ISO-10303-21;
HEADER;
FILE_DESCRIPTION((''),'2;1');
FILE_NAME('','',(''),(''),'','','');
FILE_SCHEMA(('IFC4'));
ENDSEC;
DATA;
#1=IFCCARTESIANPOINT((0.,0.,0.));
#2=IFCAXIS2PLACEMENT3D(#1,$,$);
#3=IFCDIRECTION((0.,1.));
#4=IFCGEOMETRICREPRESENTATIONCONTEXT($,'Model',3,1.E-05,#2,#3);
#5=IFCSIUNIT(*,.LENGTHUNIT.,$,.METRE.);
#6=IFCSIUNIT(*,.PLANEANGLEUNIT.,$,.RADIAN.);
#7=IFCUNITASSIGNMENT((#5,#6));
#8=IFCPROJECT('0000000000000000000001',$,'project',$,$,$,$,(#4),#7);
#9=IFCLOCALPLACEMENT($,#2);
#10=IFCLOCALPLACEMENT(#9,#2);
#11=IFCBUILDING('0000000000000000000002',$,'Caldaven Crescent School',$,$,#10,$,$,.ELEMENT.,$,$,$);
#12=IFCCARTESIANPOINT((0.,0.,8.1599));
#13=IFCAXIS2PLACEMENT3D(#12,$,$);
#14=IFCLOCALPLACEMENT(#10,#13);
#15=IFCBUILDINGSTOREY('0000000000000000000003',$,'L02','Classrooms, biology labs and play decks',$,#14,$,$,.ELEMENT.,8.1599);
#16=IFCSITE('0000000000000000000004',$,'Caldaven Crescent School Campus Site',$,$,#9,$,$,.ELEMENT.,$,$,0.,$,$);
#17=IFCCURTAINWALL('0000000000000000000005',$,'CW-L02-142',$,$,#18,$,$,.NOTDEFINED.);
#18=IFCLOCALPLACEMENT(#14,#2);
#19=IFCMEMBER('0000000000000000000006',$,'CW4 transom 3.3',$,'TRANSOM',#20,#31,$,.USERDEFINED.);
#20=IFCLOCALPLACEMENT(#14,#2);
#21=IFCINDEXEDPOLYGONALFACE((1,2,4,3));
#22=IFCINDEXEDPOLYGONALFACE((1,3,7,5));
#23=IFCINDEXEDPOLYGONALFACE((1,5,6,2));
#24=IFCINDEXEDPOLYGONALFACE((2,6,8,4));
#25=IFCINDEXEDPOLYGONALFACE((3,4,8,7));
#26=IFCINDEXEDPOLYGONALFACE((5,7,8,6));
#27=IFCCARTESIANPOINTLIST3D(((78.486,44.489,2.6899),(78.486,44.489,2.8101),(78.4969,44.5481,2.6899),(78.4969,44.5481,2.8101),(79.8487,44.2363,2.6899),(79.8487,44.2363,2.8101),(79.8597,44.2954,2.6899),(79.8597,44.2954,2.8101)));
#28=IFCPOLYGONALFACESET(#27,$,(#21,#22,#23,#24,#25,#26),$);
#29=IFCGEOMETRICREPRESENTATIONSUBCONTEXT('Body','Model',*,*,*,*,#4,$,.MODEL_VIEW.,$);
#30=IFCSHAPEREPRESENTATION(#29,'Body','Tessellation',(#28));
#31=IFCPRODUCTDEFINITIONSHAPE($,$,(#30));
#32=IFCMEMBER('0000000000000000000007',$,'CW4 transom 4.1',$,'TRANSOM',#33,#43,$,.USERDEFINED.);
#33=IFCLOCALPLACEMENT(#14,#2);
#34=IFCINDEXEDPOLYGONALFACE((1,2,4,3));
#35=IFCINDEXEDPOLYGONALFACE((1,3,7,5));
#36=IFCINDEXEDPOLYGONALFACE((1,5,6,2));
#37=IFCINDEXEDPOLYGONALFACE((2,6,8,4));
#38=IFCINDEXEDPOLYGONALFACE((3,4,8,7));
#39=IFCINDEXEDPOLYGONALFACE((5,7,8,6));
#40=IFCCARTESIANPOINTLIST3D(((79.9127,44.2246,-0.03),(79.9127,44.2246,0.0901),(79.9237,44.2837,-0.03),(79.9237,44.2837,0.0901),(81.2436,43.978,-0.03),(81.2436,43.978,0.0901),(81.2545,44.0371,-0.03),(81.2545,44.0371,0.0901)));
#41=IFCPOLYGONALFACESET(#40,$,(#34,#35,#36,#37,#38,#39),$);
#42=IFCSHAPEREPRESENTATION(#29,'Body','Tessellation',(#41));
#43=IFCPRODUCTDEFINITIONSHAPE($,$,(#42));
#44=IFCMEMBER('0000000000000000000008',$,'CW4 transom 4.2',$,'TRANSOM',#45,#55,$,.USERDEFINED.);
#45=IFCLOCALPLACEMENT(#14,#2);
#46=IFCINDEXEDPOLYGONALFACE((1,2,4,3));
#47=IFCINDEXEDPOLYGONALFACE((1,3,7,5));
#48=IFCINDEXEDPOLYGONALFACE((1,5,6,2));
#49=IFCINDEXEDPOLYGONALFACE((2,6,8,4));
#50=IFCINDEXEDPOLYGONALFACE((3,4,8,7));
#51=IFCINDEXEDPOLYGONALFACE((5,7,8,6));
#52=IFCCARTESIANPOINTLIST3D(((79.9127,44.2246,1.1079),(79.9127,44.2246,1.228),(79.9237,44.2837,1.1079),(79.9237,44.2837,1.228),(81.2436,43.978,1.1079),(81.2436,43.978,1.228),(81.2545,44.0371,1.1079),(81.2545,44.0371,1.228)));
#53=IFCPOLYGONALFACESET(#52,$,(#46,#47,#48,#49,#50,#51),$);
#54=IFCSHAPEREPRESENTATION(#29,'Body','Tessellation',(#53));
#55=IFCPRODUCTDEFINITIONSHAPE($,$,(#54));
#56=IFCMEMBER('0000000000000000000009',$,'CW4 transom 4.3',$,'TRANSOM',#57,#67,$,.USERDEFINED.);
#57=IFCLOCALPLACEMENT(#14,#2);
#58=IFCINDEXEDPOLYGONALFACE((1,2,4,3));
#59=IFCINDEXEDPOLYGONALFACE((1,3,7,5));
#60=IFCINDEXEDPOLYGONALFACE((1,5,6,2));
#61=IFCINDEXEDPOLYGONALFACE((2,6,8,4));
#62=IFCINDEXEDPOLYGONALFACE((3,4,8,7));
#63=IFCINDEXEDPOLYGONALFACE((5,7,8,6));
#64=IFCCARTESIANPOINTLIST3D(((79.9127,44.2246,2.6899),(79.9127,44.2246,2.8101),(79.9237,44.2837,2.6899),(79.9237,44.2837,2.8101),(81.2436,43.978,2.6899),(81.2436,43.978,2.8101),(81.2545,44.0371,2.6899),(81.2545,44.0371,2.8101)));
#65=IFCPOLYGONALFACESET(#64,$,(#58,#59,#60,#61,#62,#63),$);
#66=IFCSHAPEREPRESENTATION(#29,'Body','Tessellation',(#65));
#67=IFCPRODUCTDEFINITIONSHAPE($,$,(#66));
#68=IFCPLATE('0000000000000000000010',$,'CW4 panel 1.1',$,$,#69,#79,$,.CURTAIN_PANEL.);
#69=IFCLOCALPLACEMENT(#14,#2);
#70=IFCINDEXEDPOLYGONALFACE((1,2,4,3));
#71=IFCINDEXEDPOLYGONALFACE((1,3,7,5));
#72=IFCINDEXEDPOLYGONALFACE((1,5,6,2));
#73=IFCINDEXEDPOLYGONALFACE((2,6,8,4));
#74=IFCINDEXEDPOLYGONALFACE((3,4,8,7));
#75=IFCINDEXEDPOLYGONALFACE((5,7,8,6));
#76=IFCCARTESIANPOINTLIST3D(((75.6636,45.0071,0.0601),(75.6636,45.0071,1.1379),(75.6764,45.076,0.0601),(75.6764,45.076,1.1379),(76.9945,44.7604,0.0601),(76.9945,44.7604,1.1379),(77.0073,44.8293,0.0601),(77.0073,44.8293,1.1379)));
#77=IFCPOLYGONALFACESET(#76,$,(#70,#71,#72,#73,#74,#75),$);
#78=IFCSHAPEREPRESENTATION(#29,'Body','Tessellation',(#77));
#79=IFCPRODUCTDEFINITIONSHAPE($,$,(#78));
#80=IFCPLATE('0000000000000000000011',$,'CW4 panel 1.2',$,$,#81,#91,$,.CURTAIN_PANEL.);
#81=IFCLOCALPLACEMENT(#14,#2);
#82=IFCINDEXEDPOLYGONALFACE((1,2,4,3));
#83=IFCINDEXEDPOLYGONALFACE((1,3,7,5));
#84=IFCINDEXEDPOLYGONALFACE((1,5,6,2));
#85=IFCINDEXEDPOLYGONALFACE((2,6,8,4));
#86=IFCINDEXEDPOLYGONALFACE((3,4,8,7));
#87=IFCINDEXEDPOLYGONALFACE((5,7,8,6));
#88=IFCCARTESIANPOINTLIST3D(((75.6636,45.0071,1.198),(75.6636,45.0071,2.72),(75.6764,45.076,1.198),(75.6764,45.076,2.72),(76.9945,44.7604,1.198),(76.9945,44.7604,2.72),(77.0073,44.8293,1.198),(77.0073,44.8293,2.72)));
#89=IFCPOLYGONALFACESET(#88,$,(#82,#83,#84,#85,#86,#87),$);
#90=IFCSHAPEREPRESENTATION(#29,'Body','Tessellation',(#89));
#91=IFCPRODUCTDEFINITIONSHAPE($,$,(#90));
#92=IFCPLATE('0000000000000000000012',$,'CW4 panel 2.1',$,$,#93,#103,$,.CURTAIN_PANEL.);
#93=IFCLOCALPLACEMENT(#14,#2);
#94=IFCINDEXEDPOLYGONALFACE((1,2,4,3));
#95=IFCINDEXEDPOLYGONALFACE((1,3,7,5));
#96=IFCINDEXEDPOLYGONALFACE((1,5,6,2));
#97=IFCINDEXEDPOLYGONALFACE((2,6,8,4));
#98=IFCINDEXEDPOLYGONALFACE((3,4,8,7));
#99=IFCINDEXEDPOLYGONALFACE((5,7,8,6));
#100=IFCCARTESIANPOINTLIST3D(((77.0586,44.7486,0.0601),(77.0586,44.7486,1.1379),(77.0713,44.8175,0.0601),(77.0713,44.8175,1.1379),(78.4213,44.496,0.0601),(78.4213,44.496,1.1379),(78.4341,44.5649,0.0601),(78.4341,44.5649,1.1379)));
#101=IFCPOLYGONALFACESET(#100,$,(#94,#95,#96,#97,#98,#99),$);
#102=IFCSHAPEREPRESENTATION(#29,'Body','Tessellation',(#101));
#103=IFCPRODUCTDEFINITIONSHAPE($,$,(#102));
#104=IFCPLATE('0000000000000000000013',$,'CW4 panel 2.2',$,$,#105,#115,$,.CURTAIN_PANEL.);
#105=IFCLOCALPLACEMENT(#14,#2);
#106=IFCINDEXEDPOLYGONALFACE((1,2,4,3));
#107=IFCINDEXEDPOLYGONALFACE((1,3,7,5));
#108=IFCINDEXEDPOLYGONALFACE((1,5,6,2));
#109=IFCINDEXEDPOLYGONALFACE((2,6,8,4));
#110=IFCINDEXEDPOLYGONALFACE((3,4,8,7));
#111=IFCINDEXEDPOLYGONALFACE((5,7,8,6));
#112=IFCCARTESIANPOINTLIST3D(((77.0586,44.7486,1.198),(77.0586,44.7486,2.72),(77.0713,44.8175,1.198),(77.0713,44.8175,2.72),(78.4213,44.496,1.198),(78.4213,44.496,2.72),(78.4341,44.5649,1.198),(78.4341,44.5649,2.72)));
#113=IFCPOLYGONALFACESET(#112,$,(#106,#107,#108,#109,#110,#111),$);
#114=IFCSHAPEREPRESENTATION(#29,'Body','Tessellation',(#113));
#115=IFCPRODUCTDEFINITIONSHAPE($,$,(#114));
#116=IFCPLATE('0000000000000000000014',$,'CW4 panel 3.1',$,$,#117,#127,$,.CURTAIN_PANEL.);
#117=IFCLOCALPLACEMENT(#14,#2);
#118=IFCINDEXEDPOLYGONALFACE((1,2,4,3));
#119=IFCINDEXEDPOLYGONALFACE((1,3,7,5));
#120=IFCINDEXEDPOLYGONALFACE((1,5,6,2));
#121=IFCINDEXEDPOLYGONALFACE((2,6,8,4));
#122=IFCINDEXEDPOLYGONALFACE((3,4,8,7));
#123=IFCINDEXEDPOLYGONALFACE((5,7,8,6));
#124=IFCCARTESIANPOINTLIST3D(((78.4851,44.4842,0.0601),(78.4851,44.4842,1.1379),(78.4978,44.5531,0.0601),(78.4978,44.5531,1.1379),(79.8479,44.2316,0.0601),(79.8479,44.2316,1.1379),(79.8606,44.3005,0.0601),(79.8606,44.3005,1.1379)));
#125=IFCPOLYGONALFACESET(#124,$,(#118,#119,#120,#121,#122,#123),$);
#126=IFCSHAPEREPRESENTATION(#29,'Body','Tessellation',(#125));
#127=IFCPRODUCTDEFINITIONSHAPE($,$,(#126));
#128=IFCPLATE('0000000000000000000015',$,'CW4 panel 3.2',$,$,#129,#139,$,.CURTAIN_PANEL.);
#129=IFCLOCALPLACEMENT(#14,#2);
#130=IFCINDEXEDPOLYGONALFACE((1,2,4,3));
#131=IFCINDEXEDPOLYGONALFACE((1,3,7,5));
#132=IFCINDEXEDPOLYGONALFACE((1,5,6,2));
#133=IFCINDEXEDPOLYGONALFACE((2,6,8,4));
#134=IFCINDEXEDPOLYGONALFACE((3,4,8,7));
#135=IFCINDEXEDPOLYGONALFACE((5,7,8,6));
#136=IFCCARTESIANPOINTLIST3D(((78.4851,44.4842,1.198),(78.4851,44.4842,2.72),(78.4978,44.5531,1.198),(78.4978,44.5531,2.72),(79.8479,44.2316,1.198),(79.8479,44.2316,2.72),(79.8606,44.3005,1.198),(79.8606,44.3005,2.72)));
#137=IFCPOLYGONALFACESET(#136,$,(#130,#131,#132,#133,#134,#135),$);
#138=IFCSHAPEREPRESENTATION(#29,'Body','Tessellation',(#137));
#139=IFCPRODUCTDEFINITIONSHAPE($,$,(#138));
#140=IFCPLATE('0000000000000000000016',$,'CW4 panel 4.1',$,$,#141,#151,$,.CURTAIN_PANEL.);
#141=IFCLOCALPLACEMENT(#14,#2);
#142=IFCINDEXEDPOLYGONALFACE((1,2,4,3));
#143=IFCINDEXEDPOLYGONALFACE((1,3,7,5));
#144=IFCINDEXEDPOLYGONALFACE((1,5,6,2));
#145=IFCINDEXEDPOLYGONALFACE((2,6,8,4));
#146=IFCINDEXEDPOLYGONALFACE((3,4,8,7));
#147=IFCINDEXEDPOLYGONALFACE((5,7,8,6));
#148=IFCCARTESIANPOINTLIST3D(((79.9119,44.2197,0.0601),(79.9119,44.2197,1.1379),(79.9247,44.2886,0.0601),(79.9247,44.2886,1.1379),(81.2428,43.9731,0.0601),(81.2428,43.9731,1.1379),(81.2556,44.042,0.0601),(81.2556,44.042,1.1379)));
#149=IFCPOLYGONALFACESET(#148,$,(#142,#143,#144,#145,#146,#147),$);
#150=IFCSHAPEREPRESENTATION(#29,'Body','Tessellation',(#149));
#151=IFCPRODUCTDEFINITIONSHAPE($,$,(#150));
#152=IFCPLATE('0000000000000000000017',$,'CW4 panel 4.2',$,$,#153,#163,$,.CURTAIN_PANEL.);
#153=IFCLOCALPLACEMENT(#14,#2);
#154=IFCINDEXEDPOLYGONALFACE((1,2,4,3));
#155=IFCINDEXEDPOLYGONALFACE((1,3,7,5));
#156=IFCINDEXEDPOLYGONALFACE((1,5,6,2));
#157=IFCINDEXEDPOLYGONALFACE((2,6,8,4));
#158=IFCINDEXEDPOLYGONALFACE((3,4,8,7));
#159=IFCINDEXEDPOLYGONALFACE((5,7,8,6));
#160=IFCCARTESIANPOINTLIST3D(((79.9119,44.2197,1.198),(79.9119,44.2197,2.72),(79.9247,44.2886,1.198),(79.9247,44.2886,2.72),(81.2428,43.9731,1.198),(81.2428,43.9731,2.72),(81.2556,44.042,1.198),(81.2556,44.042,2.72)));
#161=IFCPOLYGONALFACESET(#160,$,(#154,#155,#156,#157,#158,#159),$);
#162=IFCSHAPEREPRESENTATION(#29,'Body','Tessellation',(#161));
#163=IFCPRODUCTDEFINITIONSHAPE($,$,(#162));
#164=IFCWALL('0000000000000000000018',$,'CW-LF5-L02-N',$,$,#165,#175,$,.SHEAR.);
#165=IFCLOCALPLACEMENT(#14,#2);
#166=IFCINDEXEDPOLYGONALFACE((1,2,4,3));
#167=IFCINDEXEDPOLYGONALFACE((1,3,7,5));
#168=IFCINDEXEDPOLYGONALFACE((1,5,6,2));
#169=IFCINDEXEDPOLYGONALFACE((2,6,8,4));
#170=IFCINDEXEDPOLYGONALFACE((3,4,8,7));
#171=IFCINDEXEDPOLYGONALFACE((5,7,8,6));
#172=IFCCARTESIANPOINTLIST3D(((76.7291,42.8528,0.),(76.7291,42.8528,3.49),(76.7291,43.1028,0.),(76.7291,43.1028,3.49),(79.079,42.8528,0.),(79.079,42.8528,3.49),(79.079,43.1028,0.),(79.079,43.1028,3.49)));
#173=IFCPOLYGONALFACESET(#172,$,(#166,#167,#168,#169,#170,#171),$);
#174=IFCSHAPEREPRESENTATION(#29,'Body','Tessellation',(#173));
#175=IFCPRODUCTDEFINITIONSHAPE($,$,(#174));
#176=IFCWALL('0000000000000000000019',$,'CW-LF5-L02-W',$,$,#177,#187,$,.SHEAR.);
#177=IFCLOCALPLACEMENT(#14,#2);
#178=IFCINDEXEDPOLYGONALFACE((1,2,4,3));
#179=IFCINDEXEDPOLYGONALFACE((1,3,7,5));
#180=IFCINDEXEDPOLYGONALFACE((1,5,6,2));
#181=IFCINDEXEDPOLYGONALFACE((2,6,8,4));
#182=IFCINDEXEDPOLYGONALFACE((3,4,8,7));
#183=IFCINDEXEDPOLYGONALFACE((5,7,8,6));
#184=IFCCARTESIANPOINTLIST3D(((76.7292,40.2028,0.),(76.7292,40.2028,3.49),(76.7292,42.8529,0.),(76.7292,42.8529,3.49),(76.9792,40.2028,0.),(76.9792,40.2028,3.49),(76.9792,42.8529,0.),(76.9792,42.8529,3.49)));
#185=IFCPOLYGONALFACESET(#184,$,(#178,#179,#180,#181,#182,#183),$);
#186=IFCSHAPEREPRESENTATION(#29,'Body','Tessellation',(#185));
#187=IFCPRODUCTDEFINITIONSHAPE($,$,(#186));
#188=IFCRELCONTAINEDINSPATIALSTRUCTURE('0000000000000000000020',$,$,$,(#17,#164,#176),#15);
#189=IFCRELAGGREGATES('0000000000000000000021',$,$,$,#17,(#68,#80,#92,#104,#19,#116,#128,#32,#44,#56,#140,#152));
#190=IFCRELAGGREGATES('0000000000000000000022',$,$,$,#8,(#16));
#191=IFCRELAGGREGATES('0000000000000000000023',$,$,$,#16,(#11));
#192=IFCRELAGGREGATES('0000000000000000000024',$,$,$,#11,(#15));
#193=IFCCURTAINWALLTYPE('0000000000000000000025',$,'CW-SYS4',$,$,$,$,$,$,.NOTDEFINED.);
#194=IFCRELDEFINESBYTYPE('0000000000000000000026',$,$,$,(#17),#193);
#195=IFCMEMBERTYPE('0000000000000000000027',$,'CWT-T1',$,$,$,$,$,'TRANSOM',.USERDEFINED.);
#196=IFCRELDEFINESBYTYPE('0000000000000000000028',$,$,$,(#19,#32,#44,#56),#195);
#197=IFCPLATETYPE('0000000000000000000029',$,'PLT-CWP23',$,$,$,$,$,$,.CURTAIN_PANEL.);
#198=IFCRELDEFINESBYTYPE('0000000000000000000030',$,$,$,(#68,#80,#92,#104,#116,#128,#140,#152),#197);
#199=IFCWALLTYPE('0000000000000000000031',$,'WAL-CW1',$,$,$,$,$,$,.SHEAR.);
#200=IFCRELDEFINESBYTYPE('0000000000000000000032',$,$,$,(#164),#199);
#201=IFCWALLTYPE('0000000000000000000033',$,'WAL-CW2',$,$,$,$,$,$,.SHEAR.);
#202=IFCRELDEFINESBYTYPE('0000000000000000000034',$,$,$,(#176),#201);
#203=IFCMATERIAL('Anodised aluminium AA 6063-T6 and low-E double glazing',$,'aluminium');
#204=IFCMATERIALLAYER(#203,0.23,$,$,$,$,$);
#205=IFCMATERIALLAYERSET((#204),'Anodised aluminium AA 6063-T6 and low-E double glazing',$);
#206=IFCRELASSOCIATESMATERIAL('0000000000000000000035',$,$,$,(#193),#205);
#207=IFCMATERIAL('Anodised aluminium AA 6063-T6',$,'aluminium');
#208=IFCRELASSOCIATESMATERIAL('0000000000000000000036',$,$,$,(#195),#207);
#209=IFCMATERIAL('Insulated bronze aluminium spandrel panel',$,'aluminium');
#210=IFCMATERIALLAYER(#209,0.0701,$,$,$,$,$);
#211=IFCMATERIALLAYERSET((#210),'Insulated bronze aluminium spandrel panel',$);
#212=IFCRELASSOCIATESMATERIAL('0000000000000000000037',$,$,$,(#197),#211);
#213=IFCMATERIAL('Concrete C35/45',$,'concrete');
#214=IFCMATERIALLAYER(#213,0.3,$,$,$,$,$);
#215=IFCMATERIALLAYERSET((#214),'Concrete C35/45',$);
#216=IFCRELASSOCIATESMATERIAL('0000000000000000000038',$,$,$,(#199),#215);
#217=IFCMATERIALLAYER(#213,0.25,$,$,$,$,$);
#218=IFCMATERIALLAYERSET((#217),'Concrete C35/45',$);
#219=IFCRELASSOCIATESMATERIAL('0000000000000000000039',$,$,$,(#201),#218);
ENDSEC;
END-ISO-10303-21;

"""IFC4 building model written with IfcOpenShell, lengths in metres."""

from ifc_helpers import new_model, si_unit, direction, frame, frame_2d, origin, origin_2d, place, context, subcontext, project, spatial, rectangle, extrude, material, layer, layer_set, material_profile, profile_set, type_object, element, aggregate, save


model = new_model("IFC4")

# Units and contexts
model_context = context("Model", 3, precision=1e-05, world=origin(), true_north=direction((0.0, 1.0)))
body_context = subcontext(model_context, "Body", "Model", "MODEL_VIEW")
ifc_project = project(units=[si_unit("LENGTHUNIT", "METRE"), si_unit("PLANEANGLEUNIT", "RADIAN")], contexts=[model_context])

# Site, building, storey
site_placement = place(None, origin())
site = spatial("IfcSite", under=ifc_project, at=site_placement, Name="Caldaven Crescent School Campus Site", CompositionType="ELEMENT", RefElevation=0.0)
building_placement = place(site_placement, origin())
building = spatial("IfcBuilding", under=site, at=building_placement, Name="Caldaven Crescent School", CompositionType="ELEMENT")
storey_placement = place(building_placement, frame((0.0, 0.0, 8.1599)))
storey = spatial("IfcBuildingStorey", under=building, at=storey_placement, Name="L02", Description="Classrooms, biology labs and play decks", CompositionType="ELEMENT", Elevation=8.1599)

# Curtain wall, members, plates
ifc_material_1 = material(Name="Anodised aluminium AA 6063-T6 and low-E double glazing", Category="aluminium")
ifc_layer_1 = layer(ifc_material_1, 0.23)
ifc_layer_set_1 = layer_set([ifc_layer_1], Name="Anodised aluminium AA 6063-T6 and low-E double glazing")
curtain_wall_type = type_object("IfcCurtainWallType", Name="CW-SYS4", PredefinedType="NOTDEFINED", material=ifc_layer_set_1)
curtain_wall_placement = place(storey_placement, origin())
curtain_wall = element("IfcCurtainWall", 1, at=curtain_wall_placement, inside=storey, type_object=curtain_wall_type, Name="CW-L02-142", PredefinedType="NOTDEFINED")
ifc_material_2 = material(Name="Anodised aluminium AA 6063-T6", Category="aluminium")
ifc_material_profile_1 = material_profile(ifc_material_2, rectangle(XDim=0.0601, YDim=0.1201, at=origin_2d()), Name="CWT 60x120")
ifc_profile_set_1 = profile_set([ifc_material_profile_1], Name="Anodised aluminium AA 6063-T6")
member_type_1 = type_object("IfcMemberType", Name="CWT-T1", ElementType="TRANSOM", PredefinedType="USERDEFINED", material=ifc_profile_set_1)
member_1_placement = place(storey_placement, frame((78.4915, 44.5186, 2.75), z_axis=(0.983241, -0.18231, 0.0), x_axis=(0.18231, 0.983241, 0.0)))
member_1 = element("IfcMember", 2, at=member_1_placement, type_object=member_type_1, Name="CW4 transom 3.3", ObjectType="TRANSOM", PredefinedType="USERDEFINED", context=body_context, shape_type="SweptSolid", body=[
    extrude(rectangle(XDim=0.0601, YDim=0.1201, at=origin_2d()), origin(), (0.0, 0.0, 1.0), 1.386),
])
member_2_placement = place(storey_placement, frame((79.9182, 44.2542, 0.03), z_axis=(0.983264, -0.182186, 0.0), x_axis=(0.182186, 0.983264, 0.0)))
member_2 = element("IfcMember", 3, at=member_2_placement, type_object=member_type_1, Name="CW4 transom 4.1", ObjectType="TRANSOM", PredefinedType="USERDEFINED", context=body_context, shape_type="SweptSolid", body=[
    extrude(rectangle(XDim=0.0601, YDim=0.1201, at=origin_2d()), origin(), (0.0, 0.0, 1.0), 1.3535),
])
member_3_placement = place(storey_placement, frame((79.9182, 44.2542, 1.168), z_axis=(0.983264, -0.182186, 0.0), x_axis=(0.182186, 0.983264, 0.0)))
member_3 = element("IfcMember", 4, at=member_3_placement, type_object=member_type_1, Name="CW4 transom 4.2", ObjectType="TRANSOM", PredefinedType="USERDEFINED", context=body_context, shape_type="SweptSolid", body=[
    extrude(rectangle(XDim=0.0601, YDim=0.1201, at=origin_2d()), origin(), (0.0, 0.0, 1.0), 1.3535),
])
member_4_placement = place(storey_placement, frame((79.9182, 44.2542, 2.75), z_axis=(0.983264, -0.182186, 0.0), x_axis=(0.182186, 0.983264, 0.0)))
member_4 = element("IfcMember", 5, at=member_4_placement, type_object=member_type_1, Name="CW4 transom 4.3", ObjectType="TRANSOM", PredefinedType="USERDEFINED", context=body_context, shape_type="SweptSolid", body=[
    extrude(rectangle(XDim=0.0601, YDim=0.1201, at=origin_2d()), origin(), (0.0, 0.0, 1.0), 1.3535),
])
ifc_material_3 = material(Name="Insulated bronze aluminium spandrel panel", Category="aluminium")
ifc_layer_2 = layer(ifc_material_3, 0.0701)
ifc_layer_set_2 = layer_set([ifc_layer_2], Name="Insulated bronze aluminium spandrel panel")
plate_type = type_object("IfcPlateType", Name="PLT-CWP23", PredefinedType="CURTAIN_PANEL", material=ifc_layer_set_2)
plate_1_placement = place(storey_placement, frame((76.3354, 44.9182, 0.0601), z_axis=(0.0, 0.0, 1.0), x_axis=(0.983255, -0.182236, 0.0)))
plate_1 = element("IfcPlate", 6, at=plate_1_placement, type_object=plate_type, Name="CW4 panel 1.1", PredefinedType="CURTAIN_PANEL", context=body_context, shape_type="SweptSolid", body=[
    extrude(rectangle(XDim=1.3535, YDim=0.0701, at=origin_2d()), origin(), (0.0, 0.0, 1.0), 1.0779),
])
plate_2_placement = place(storey_placement, frame((76.3354, 44.9182, 1.198), z_axis=(0.0, 0.0, 1.0), x_axis=(0.983255, -0.182236, 0.0)))
plate_2 = element("IfcPlate", 7, at=plate_2_placement, type_object=plate_type, Name="CW4 panel 1.2", PredefinedType="CURTAIN_PANEL", context=body_context, shape_type="SweptSolid", body=[
    extrude(rectangle(XDim=1.3535, YDim=0.0701, at=origin_2d()), origin(), (0.0, 0.0, 1.0), 1.522),
])
plate_3_placement = place(storey_placement, frame((77.7463, 44.6567, 0.0601), z_axis=(0.0, 0.0, 1.0), x_axis=(0.983255, -0.182236, 0.0)))
plate_3 = element("IfcPlate", 8, at=plate_3_placement, type_object=plate_type, Name="CW4 panel 2.1", PredefinedType="CURTAIN_PANEL", context=body_context, shape_type="SweptSolid", body=[
    extrude(rectangle(XDim=1.386, YDim=0.0701, at=origin_2d()), origin(), (0.0, 0.0, 1.0), 1.0779),
])
plate_4_placement = place(storey_placement, frame((77.7463, 44.6567, 1.198), z_axis=(0.0, 0.0, 1.0), x_axis=(0.983255, -0.182236, 0.0)))
plate_4 = element("IfcPlate", 9, at=plate_4_placement, type_object=plate_type, Name="CW4 panel 2.2", PredefinedType="CURTAIN_PANEL", context=body_context, shape_type="SweptSolid", body=[
    extrude(rectangle(XDim=1.386, YDim=0.0701, at=origin_2d()), origin(), (0.0, 0.0, 1.0), 1.522),
])
plate_5_placement = place(storey_placement, frame((79.1729, 44.3923, 0.0601), z_axis=(0.0, 0.0, 1.0), x_axis=(0.983255, -0.182236, 0.0)))
plate_5 = element("IfcPlate", 10, at=plate_5_placement, type_object=plate_type, Name="CW4 panel 3.1", PredefinedType="CURTAIN_PANEL", context=body_context, shape_type="SweptSolid", body=[
    extrude(rectangle(XDim=1.386, YDim=0.0701, at=origin_2d()), origin(), (0.0, 0.0, 1.0), 1.0779),
])
plate_6_placement = place(storey_placement, frame((79.1729, 44.3923, 1.198), z_axis=(0.0, 0.0, 1.0), x_axis=(0.983255, -0.182236, 0.0)))
plate_6 = element("IfcPlate", 11, at=plate_6_placement, type_object=plate_type, Name="CW4 panel 3.2", PredefinedType="CURTAIN_PANEL", context=body_context, shape_type="SweptSolid", body=[
    extrude(rectangle(XDim=1.386, YDim=0.0701, at=origin_2d()), origin(), (0.0, 0.0, 1.0), 1.522),
])
plate_7_placement = place(storey_placement, frame((80.5837, 44.1309, 0.0601), z_axis=(0.0, 0.0, 1.0), x_axis=(0.983255, -0.182236, 0.0)))
plate_7 = element("IfcPlate", 12, at=plate_7_placement, type_object=plate_type, Name="CW4 panel 4.1", PredefinedType="CURTAIN_PANEL", context=body_context, shape_type="SweptSolid", body=[
    extrude(rectangle(XDim=1.3535, YDim=0.0701, at=origin_2d()), origin(), (0.0, 0.0, 1.0), 1.0779),
])
plate_8_placement = place(storey_placement, frame((80.5837, 44.1309, 1.198), z_axis=(0.0, 0.0, 1.0), x_axis=(0.983255, -0.182236, 0.0)))
plate_8 = element("IfcPlate", 13, at=plate_8_placement, type_object=plate_type, Name="CW4 panel 4.2", PredefinedType="CURTAIN_PANEL", context=body_context, shape_type="SweptSolid", body=[
    extrude(rectangle(XDim=1.3535, YDim=0.0701, at=origin_2d()), origin(), (0.0, 0.0, 1.0), 1.522),
])
aggregate(curtain_wall, [plate_1, plate_2, plate_3, plate_4, member_1, plate_5, plate_6, member_2, member_3, member_4, plate_7, plate_8])

# Wall
ifc_material_4 = material(Name="Concrete C35/45", Category="concrete")
ifc_layer_3 = layer(ifc_material_4, 0.3)
ifc_layer_set_3 = layer_set([ifc_layer_3], Name="Concrete C35/45")
wall_type_1 = type_object("IfcWallType", Name="WAL-CW1", PredefinedType="SHEAR", material=ifc_layer_set_3)
wall_1_placement = place(storey_placement, frame((76.7292, 42.9778, 0.0), z_axis=(0.0, 0.0, 1.0), x_axis=(1.0, 0.0, 0.0)))
element("IfcWall", 14, at=wall_1_placement, inside=storey, type_object=wall_type_1, Name="CW-LF5-L02-N", PredefinedType="SHEAR", context=body_context, shape_type="SweptSolid", body=[
    extrude(rectangle(XDim=2.3499, YDim=0.25, at=frame_2d((1.1748, 0.0))), origin(), (0.0, 0.0, 1.0), 3.49),
])

# Wall
ifc_layer_4 = layer(ifc_material_4, 0.25)
ifc_layer_set_4 = layer_set([ifc_layer_4], Name="Concrete C35/45")
wall_type_2 = type_object("IfcWallType", Name="WAL-CW2", PredefinedType="SHEAR", material=ifc_layer_set_4)
for number, where, z_axis, x_axis, name in (
    (15, (76.8542, 40.2026, 0.0), (0.0, 0.0, 1.0), (0.0, 1.0, 0.0), "CW-LF5-L02-W"),
):
    element("IfcWall", number, at=place(storey_placement, frame(where, z_axis=z_axis, x_axis=x_axis)), inside=storey, type_object=wall_type_2, Name=name, PredefinedType="SHEAR", context=body_context, shape_type="SweptSolid", body=[
        extrude(rectangle(XDim=2.6501, YDim=0.25, at=frame_2d((1.3252, 0.0))), origin(), (0.0, 0.0, 1.0), 3.49),
    ])

save(model, "model.ifc")
